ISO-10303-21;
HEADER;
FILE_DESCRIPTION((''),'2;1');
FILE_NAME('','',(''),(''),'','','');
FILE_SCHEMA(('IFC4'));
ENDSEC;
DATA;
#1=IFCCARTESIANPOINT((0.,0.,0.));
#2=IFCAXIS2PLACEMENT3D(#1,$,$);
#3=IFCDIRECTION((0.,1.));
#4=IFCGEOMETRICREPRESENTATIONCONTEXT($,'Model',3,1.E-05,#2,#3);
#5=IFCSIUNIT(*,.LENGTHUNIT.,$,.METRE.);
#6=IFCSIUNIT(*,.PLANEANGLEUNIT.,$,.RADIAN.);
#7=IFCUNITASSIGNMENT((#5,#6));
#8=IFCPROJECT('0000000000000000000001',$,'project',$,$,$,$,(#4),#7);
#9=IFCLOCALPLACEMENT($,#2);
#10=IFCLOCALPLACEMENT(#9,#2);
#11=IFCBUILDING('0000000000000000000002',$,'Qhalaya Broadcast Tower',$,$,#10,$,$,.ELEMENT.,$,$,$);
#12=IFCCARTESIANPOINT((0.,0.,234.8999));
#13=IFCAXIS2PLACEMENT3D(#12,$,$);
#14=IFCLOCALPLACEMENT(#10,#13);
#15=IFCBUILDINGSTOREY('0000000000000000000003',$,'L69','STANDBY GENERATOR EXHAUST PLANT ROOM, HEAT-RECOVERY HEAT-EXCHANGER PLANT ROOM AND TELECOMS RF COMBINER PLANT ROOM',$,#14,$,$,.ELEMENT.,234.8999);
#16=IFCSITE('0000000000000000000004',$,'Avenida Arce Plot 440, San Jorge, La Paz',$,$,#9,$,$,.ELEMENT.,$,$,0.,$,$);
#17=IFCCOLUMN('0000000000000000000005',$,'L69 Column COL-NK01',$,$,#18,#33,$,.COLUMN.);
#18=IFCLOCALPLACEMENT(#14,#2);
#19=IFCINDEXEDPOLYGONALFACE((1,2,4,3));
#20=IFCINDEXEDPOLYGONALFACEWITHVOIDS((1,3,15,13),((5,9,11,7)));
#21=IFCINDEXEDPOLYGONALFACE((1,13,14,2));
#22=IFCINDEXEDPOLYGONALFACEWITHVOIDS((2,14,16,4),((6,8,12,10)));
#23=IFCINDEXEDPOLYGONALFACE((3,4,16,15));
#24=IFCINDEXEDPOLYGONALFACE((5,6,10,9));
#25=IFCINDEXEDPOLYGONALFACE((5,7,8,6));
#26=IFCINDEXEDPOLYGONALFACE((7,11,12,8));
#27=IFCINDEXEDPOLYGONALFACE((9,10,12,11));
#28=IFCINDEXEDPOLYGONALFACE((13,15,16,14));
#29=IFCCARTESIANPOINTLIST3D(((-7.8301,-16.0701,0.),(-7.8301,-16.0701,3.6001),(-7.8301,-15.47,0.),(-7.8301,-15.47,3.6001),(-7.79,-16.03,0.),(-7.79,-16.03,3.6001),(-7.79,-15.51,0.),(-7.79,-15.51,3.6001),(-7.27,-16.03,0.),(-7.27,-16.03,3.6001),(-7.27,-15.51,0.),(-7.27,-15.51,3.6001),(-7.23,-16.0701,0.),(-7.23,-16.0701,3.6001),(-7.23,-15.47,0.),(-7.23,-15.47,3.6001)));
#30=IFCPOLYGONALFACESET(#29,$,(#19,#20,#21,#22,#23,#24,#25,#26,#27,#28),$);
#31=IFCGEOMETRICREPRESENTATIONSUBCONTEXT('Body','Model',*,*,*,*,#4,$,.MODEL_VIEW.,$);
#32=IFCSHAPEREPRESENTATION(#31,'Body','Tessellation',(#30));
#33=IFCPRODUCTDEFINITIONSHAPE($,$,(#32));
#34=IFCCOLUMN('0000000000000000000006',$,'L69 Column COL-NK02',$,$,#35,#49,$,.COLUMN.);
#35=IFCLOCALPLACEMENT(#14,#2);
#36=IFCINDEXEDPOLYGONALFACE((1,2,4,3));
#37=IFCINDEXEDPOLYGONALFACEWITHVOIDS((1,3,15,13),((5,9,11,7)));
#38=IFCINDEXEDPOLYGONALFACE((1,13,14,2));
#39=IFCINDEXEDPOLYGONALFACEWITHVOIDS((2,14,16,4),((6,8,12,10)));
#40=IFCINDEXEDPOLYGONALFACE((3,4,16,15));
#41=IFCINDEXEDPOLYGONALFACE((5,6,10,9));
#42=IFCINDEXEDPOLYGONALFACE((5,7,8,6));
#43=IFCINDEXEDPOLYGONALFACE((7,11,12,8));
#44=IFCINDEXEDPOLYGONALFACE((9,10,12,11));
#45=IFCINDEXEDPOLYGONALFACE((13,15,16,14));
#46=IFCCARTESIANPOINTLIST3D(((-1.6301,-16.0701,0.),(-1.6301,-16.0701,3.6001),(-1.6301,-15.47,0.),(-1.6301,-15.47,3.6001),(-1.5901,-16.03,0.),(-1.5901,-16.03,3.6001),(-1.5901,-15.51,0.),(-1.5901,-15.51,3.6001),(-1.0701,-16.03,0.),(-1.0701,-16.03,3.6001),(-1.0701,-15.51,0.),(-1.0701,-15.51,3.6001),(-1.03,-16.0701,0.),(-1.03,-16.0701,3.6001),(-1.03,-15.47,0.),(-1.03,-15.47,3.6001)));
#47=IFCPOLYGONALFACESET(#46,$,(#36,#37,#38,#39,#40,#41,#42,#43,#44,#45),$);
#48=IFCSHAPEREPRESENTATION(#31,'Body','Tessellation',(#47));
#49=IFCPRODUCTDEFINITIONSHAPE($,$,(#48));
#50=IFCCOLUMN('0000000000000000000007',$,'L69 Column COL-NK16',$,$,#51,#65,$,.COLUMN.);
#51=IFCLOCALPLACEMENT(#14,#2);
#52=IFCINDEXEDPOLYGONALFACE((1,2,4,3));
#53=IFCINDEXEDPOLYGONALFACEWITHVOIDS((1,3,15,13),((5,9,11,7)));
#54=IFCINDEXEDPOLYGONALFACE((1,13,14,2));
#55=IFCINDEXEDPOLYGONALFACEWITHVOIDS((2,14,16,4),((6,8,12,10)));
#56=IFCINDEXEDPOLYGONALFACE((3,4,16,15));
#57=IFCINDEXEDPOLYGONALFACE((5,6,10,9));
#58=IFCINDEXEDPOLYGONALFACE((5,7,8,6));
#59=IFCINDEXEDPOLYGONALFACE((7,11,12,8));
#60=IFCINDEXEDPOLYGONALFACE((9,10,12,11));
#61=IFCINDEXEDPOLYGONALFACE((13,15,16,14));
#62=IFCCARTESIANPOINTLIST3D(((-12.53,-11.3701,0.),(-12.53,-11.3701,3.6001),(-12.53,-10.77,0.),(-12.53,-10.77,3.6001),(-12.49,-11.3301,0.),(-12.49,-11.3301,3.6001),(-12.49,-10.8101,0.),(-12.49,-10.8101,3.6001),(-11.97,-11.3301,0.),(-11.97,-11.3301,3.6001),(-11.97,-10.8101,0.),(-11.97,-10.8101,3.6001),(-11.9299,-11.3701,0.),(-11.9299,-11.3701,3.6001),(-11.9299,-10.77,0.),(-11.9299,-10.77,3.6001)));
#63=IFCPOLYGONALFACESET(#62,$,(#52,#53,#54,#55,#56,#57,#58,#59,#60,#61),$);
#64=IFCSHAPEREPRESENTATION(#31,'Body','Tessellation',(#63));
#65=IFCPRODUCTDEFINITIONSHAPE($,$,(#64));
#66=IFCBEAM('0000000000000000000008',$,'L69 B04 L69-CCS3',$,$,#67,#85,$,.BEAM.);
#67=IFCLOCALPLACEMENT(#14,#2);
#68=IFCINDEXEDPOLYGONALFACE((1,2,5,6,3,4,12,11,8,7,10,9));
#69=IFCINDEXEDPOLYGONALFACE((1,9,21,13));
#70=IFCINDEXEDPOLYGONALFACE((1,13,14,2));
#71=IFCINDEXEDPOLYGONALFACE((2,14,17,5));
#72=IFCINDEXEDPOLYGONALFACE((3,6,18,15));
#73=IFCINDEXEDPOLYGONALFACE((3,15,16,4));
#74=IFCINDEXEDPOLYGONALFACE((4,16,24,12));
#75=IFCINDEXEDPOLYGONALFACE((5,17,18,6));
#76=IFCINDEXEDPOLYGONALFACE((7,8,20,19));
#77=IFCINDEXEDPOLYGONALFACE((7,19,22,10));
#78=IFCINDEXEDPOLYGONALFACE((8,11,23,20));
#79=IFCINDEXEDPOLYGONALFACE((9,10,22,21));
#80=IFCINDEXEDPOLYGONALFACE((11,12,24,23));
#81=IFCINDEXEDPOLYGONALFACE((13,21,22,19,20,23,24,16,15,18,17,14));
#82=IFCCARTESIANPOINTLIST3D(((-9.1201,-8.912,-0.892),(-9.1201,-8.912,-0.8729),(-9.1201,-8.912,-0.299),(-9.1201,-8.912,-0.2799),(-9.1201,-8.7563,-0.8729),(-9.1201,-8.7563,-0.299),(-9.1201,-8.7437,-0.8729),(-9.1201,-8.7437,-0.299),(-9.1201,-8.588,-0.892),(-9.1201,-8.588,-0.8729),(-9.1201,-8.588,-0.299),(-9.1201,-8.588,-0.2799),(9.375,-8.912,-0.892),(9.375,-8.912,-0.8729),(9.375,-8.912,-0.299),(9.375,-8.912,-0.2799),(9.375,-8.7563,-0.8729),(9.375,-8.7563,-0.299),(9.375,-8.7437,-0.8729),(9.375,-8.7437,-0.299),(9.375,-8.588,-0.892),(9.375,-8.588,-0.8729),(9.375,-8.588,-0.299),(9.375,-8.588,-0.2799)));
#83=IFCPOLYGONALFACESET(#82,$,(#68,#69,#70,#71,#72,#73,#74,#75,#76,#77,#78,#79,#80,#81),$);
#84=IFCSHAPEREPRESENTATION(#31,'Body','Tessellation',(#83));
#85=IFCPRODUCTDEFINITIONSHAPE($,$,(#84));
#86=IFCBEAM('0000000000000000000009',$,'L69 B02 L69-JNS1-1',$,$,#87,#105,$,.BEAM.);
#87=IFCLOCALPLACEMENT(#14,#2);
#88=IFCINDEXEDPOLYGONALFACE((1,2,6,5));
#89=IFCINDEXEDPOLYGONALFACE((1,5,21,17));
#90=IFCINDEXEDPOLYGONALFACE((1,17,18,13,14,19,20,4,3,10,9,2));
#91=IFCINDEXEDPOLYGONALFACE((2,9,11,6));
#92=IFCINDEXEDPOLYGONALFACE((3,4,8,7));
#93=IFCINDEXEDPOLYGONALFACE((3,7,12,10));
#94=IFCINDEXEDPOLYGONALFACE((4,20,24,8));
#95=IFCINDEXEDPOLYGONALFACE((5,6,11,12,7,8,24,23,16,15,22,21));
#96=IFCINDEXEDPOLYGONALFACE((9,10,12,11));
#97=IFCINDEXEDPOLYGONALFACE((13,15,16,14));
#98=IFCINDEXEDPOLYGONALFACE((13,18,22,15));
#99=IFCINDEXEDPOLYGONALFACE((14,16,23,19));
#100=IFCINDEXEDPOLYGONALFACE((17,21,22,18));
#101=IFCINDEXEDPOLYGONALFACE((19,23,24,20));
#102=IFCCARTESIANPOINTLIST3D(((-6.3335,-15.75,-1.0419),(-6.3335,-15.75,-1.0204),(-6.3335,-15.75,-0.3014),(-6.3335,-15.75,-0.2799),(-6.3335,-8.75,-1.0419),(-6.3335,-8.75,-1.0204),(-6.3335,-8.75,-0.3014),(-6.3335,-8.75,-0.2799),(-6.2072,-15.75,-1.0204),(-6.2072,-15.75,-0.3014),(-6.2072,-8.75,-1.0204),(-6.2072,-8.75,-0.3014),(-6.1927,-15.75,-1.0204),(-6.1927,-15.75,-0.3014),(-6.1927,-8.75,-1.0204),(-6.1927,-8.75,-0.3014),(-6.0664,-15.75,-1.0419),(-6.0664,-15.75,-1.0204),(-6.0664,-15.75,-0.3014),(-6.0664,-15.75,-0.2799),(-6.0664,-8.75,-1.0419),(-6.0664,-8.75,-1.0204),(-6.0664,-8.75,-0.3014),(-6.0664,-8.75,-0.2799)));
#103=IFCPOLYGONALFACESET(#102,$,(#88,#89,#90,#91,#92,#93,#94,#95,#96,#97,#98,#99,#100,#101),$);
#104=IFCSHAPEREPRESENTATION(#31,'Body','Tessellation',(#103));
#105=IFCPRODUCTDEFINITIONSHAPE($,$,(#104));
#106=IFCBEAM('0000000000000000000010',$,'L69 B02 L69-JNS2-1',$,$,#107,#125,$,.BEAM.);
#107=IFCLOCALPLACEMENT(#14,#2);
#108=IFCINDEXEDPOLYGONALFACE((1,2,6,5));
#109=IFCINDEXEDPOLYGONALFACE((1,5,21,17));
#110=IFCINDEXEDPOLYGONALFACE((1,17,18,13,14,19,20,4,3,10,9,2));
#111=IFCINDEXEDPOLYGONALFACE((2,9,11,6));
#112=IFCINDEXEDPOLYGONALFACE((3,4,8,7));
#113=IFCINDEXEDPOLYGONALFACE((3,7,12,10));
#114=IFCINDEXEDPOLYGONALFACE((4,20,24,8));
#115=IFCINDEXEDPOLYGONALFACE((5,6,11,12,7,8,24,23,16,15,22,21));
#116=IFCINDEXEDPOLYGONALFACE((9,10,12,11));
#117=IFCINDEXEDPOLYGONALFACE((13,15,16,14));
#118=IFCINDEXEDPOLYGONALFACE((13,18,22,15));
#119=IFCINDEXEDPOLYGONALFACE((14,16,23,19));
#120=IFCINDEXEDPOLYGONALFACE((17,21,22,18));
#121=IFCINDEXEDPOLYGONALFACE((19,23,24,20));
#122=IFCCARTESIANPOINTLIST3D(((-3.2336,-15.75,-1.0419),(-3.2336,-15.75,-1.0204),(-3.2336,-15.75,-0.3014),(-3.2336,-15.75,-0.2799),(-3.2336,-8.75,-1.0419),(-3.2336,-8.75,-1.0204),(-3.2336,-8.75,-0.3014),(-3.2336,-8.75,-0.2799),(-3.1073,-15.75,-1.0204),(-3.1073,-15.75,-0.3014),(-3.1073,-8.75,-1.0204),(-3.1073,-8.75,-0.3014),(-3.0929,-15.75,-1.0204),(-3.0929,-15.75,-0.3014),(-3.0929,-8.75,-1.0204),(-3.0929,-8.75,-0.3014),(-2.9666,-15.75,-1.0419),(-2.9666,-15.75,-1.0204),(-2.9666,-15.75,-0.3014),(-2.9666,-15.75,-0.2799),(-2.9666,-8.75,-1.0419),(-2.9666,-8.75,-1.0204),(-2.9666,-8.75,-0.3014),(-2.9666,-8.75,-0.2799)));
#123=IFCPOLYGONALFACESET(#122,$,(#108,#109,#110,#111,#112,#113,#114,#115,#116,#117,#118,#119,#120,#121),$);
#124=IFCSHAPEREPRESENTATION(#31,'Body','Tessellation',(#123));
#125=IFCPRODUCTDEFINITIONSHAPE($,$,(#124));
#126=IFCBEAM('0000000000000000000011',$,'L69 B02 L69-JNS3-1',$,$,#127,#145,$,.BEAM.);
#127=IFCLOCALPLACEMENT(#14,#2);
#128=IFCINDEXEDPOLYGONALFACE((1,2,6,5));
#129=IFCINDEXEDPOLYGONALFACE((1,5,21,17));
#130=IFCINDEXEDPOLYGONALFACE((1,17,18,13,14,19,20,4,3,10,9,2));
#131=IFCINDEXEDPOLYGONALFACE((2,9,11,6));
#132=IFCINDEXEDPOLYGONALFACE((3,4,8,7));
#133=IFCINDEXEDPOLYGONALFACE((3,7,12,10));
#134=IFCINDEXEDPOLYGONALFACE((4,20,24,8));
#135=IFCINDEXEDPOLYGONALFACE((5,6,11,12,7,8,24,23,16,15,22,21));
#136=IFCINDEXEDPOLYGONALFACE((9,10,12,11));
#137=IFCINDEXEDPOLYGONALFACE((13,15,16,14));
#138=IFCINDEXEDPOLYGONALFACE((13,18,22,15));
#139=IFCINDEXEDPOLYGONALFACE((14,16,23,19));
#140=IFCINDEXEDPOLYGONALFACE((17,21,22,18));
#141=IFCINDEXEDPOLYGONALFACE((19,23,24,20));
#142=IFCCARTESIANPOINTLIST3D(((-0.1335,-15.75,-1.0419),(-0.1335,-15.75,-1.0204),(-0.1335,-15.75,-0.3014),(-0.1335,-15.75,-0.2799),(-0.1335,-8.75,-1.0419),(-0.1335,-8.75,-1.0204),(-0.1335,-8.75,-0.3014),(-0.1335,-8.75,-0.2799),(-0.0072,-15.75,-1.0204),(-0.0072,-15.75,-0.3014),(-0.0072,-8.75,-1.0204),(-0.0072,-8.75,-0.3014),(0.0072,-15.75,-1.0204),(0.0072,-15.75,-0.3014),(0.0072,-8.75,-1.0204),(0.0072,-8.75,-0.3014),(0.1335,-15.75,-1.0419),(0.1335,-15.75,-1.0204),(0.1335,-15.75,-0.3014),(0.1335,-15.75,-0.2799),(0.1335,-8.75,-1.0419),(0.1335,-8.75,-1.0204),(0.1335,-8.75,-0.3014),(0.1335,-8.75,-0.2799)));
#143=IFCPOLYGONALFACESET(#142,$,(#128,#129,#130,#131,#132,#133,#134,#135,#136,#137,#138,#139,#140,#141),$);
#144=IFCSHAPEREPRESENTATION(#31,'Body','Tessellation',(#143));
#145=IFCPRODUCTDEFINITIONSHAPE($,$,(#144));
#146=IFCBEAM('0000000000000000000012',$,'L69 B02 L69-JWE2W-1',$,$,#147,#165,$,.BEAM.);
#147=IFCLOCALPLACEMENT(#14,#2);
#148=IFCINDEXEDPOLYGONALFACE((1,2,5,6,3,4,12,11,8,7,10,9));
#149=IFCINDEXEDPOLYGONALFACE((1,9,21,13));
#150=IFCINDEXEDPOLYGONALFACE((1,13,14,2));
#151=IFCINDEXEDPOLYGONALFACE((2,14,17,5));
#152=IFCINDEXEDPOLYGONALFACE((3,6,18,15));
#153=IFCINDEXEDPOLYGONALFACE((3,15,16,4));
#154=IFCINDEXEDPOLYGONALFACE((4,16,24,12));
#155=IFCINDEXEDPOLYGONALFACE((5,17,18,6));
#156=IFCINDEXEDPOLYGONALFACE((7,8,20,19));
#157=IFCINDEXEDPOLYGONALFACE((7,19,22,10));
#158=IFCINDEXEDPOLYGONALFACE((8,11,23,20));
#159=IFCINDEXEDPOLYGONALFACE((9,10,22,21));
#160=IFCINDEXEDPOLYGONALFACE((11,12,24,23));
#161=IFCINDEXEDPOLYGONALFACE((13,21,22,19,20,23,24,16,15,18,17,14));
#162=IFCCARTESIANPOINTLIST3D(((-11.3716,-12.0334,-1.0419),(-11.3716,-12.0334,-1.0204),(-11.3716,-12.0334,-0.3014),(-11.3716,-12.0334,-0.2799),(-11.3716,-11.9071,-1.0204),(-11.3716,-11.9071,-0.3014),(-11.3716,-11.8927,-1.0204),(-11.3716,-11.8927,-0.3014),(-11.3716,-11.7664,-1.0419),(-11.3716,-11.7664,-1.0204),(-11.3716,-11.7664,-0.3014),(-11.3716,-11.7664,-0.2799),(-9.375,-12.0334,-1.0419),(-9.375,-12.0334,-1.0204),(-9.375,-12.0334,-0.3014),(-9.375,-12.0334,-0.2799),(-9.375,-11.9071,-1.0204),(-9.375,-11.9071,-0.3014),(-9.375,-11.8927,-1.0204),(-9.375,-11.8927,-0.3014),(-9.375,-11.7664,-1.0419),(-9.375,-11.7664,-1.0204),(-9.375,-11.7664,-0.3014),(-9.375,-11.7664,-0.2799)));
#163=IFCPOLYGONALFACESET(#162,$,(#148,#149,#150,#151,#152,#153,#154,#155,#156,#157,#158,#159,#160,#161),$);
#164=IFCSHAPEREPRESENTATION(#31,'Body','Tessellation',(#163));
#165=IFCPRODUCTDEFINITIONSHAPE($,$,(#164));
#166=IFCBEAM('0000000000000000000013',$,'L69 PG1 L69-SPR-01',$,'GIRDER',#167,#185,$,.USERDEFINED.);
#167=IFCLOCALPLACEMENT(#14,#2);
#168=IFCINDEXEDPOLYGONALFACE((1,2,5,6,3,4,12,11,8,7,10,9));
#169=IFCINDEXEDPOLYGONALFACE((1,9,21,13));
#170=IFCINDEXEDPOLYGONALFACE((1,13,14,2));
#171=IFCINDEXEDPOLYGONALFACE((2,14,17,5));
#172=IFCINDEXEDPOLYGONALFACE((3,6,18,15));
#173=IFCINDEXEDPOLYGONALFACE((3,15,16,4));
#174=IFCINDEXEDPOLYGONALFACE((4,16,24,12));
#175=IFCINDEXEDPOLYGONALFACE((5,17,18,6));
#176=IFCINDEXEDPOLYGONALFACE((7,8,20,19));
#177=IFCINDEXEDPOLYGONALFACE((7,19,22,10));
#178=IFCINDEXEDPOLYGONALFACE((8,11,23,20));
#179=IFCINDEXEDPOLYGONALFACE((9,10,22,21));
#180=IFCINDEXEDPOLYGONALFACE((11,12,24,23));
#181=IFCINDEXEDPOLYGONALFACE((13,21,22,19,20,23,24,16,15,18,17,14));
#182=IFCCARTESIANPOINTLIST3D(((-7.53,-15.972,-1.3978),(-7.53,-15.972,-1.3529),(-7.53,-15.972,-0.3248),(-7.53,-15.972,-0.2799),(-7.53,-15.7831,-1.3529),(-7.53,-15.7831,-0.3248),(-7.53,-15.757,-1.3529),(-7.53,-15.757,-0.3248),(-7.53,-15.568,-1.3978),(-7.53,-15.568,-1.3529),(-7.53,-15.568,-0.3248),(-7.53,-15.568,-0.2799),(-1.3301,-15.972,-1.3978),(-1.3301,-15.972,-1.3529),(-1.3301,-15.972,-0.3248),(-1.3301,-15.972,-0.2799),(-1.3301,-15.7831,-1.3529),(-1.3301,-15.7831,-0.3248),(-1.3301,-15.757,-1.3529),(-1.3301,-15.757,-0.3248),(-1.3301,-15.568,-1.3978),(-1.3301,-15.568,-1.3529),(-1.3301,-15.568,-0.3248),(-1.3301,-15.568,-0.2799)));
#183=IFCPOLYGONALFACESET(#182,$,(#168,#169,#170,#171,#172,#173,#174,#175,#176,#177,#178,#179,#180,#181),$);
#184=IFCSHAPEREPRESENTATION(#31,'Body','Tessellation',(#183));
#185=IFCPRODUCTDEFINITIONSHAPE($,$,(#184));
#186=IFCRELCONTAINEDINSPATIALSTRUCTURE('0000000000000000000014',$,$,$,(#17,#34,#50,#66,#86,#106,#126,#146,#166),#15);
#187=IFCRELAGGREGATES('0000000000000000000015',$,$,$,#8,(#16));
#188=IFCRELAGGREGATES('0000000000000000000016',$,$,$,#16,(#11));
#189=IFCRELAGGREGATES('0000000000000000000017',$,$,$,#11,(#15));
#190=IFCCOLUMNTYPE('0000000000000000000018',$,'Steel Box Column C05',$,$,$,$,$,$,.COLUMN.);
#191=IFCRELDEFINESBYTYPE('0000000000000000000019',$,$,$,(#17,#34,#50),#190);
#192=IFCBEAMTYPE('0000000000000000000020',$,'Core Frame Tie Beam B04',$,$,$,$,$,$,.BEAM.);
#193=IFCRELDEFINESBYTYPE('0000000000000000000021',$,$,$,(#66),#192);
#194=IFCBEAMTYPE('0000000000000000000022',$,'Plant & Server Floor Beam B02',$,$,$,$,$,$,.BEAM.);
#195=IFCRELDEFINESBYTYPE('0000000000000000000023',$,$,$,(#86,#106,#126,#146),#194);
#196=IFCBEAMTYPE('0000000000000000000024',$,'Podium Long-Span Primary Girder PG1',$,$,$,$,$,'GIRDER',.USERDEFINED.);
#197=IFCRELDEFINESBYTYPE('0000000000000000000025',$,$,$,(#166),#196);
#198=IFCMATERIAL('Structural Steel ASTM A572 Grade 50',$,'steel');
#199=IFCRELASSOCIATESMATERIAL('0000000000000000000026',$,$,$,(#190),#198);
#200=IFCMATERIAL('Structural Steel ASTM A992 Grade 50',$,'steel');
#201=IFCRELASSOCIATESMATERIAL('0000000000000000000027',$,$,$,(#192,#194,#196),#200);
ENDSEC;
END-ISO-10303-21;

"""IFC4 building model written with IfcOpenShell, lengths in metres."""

from ifc_helpers import new_model, si_unit, direction, frame, origin, origin_2d, place, context, subcontext, project, spatial, hollow_rectangle, i_section, extrude, material, material_profile, profile_set, type_object, element, save


model = new_model("IFC4")

# Units and contexts
model_context = context("Model", 3, precision=1e-05, world=origin(), true_north=direction((0.0, 1.0)))
body_context = subcontext(model_context, "Body", "Model", "MODEL_VIEW")
ifc_project = project(units=[si_unit("LENGTHUNIT", "METRE"), si_unit("PLANEANGLEUNIT", "RADIAN")], contexts=[model_context])

# Site, building, storey
site_placement = place(None, origin())
site = spatial("IfcSite", under=ifc_project, at=site_placement, Name="Avenida Arce Plot 440, San Jorge, La Paz", CompositionType="ELEMENT", RefElevation=0.0)
building_placement = place(site_placement, origin())
building = spatial("IfcBuilding", under=site, at=building_placement, Name="Qhalaya Broadcast Tower", CompositionType="ELEMENT")
storey_placement = place(building_placement, frame((0.0, 0.0, 234.8999)))
storey = spatial("IfcBuildingStorey", under=building, at=storey_placement, Name="L69", Description="STANDBY GENERATOR EXHAUST PLANT ROOM, HEAT-RECOVERY HEAT-EXCHANGER PLANT ROOM AND TELECOMS RF COMBINER PLANT ROOM", CompositionType="ELEMENT", Elevation=234.8999)

# Columns
ifc_material_1 = material(Name="Structural Steel ASTM A572 Grade 50", Category="steel")
ifc_material_profile_1 = material_profile(ifc_material_1, hollow_rectangle(XDim=0.6001, YDim=0.6001, WallThickness=0.04, at=origin_2d()), Name="BOX 600x600x40")
ifc_profile_set_1 = profile_set([ifc_material_profile_1], Name="Structural Steel ASTM A572 Grade 50")
column_type = type_object("IfcColumnType", Name="Steel Box Column C05", PredefinedType="COLUMN", material=ifc_profile_set_1)
for number, where, z_axis, x_axis, name in (
    (1, (-7.53, -15.77, 0.0), (0.0, 0.0, 1.0), (1.0, 0.0, 0.0), "L69 Column COL-NK01"),
    (2, (-1.3301, -15.77, 0.0), (0.0, 0.0, 1.0), (1.0, 0.0, 0.0), "L69 Column COL-NK02"),
    (3, (-12.23, -11.0701, 0.0), (0.0, 0.0, 1.0), (0.0, 1.0, 0.0), "L69 Column COL-NK16"),
):
    element("IfcColumn", number, at=place(storey_placement, frame(where, z_axis=z_axis, x_axis=x_axis)), inside=storey, type_object=column_type, Name=name, PredefinedType="COLUMN", context=body_context, shape_type="SweptSolid", body=[
        extrude(hollow_rectangle(XDim=0.6001, YDim=0.6001, WallThickness=0.04, at=origin_2d()), origin(), (0.0, 0.0, 1.0), 3.6001),
    ])

# Beams
ifc_material_2 = material(Name="Structural Steel ASTM A992 Grade 50", Category="steel")
ifc_material_profile_2 = material_profile(ifc_material_2, i_section(OverallWidth=0.324, OverallDepth=0.6121, WebThickness=0.0127, FlangeThickness=0.019, at=origin_2d()), Name="W24X104")
ifc_profile_set_2 = profile_set([ifc_material_profile_2], Name="Structural Steel ASTM A992 Grade 50")
beam_type_1 = type_object("IfcBeamType", Name="Core Frame Tie Beam B04", PredefinedType="BEAM", material=ifc_profile_set_2)
beam_1_placement = place(storey_placement, frame((-9.1201, -8.75, -0.5859), z_axis=(1.0, 0.0, 0.0), x_axis=(0.0, 1.0, 0.0)))
element("IfcBeam", 4, at=beam_1_placement, inside=storey, type_object=beam_type_1, Name="L69 B04 L69-CCS3", PredefinedType="BEAM", context=body_context, shape_type="SweptSolid", body=[
    extrude(i_section(OverallWidth=0.324, OverallDepth=0.6121, WebThickness=0.0127, FlangeThickness=0.019, at=origin_2d()), origin(), (0.0, 0.0, 1.0), 18.4951),
])
ifc_material_profile_3 = material_profile(ifc_material_2, i_section(OverallWidth=0.2671, OverallDepth=0.762, WebThickness=0.0144, FlangeThickness=0.0215, at=origin_2d()), Name="W30X116")
ifc_profile_set_3 = profile_set([ifc_material_profile_3], Name="Structural Steel ASTM A992 Grade 50")
beam_type_2 = type_object("IfcBeamType", Name="Plant & Server Floor Beam B02", PredefinedType="BEAM", material=ifc_profile_set_3)
for number, where, z_axis, x_axis, name in (
    (5, (-6.2, -15.75, -0.6609), (0.0, 1.0, 0.0), (-1.0, 0.0, 0.0), "L69 B02 L69-JNS1-1"),
    (6, (-3.1001, -15.75, -0.6609), (0.0, 1.0, 0.0), (-1.0, 0.0, 0.0), "L69 B02 L69-JNS2-1"),
    (7, (0.0, -15.75, -0.6609), (0.0, 1.0, 0.0), (-1.0, 0.0, 0.0), "L69 B02 L69-JNS3-1"),
):
    element("IfcBeam", number, at=place(storey_placement, frame(where, z_axis=z_axis, x_axis=x_axis)), inside=storey, type_object=beam_type_2, Name=name, PredefinedType="BEAM", context=body_context, shape_type="SweptSolid", body=[
        extrude(i_section(OverallWidth=0.2671, OverallDepth=0.762, WebThickness=0.0144, FlangeThickness=0.0215, at=origin_2d()), origin(), (0.0, 0.0, 1.0), 7.0),
    ])
beam_2_placement = place(storey_placement, frame((-11.3716, -11.8999, -0.6609), z_axis=(1.0, 0.0, 0.0), x_axis=(0.0, 1.0, 0.0)))
element("IfcBeam", 8, at=beam_2_placement, inside=storey, type_object=beam_type_2, Name="L69 B02 L69-JWE2W-1", PredefinedType="BEAM", context=body_context, shape_type="SweptSolid", body=[
    extrude(i_section(OverallWidth=0.2671, OverallDepth=0.762, WebThickness=0.0144, FlangeThickness=0.0215, at=origin_2d()), origin(), (0.0, 0.0, 1.0), 1.9966),
])
ifc_material_profile_4 = material_profile(ifc_material_2, i_section(OverallWidth=0.4041, OverallDepth=1.1179, WebThickness=0.0261, FlangeThickness=0.0449, at=origin_2d()), Name="W44X335")
ifc_profile_set_4 = profile_set([ifc_material_profile_4], Name="Structural Steel ASTM A992 Grade 50")
beam_type_3 = type_object("IfcBeamType", Name="Podium Long-Span Primary Girder PG1", ElementType="GIRDER", PredefinedType="USERDEFINED", material=ifc_profile_set_4)
beam_3_placement = place(storey_placement, frame((-7.53, -15.77, -0.8389), z_axis=(1.0, 0.0, 0.0), x_axis=(0.0, 1.0, 0.0)))
element("IfcBeam", 9, at=beam_3_placement, inside=storey, type_object=beam_type_3, Name="L69 PG1 L69-SPR-01", ObjectType="GIRDER", PredefinedType="USERDEFINED", context=body_context, shape_type="SweptSolid", body=[
    extrude(i_section(OverallWidth=0.4041, OverallDepth=1.1179, WebThickness=0.0261, FlangeThickness=0.0449, at=origin_2d()), origin(), (0.0, 0.0, 1.0), 6.2),
])

save(model, "model.ifc")
